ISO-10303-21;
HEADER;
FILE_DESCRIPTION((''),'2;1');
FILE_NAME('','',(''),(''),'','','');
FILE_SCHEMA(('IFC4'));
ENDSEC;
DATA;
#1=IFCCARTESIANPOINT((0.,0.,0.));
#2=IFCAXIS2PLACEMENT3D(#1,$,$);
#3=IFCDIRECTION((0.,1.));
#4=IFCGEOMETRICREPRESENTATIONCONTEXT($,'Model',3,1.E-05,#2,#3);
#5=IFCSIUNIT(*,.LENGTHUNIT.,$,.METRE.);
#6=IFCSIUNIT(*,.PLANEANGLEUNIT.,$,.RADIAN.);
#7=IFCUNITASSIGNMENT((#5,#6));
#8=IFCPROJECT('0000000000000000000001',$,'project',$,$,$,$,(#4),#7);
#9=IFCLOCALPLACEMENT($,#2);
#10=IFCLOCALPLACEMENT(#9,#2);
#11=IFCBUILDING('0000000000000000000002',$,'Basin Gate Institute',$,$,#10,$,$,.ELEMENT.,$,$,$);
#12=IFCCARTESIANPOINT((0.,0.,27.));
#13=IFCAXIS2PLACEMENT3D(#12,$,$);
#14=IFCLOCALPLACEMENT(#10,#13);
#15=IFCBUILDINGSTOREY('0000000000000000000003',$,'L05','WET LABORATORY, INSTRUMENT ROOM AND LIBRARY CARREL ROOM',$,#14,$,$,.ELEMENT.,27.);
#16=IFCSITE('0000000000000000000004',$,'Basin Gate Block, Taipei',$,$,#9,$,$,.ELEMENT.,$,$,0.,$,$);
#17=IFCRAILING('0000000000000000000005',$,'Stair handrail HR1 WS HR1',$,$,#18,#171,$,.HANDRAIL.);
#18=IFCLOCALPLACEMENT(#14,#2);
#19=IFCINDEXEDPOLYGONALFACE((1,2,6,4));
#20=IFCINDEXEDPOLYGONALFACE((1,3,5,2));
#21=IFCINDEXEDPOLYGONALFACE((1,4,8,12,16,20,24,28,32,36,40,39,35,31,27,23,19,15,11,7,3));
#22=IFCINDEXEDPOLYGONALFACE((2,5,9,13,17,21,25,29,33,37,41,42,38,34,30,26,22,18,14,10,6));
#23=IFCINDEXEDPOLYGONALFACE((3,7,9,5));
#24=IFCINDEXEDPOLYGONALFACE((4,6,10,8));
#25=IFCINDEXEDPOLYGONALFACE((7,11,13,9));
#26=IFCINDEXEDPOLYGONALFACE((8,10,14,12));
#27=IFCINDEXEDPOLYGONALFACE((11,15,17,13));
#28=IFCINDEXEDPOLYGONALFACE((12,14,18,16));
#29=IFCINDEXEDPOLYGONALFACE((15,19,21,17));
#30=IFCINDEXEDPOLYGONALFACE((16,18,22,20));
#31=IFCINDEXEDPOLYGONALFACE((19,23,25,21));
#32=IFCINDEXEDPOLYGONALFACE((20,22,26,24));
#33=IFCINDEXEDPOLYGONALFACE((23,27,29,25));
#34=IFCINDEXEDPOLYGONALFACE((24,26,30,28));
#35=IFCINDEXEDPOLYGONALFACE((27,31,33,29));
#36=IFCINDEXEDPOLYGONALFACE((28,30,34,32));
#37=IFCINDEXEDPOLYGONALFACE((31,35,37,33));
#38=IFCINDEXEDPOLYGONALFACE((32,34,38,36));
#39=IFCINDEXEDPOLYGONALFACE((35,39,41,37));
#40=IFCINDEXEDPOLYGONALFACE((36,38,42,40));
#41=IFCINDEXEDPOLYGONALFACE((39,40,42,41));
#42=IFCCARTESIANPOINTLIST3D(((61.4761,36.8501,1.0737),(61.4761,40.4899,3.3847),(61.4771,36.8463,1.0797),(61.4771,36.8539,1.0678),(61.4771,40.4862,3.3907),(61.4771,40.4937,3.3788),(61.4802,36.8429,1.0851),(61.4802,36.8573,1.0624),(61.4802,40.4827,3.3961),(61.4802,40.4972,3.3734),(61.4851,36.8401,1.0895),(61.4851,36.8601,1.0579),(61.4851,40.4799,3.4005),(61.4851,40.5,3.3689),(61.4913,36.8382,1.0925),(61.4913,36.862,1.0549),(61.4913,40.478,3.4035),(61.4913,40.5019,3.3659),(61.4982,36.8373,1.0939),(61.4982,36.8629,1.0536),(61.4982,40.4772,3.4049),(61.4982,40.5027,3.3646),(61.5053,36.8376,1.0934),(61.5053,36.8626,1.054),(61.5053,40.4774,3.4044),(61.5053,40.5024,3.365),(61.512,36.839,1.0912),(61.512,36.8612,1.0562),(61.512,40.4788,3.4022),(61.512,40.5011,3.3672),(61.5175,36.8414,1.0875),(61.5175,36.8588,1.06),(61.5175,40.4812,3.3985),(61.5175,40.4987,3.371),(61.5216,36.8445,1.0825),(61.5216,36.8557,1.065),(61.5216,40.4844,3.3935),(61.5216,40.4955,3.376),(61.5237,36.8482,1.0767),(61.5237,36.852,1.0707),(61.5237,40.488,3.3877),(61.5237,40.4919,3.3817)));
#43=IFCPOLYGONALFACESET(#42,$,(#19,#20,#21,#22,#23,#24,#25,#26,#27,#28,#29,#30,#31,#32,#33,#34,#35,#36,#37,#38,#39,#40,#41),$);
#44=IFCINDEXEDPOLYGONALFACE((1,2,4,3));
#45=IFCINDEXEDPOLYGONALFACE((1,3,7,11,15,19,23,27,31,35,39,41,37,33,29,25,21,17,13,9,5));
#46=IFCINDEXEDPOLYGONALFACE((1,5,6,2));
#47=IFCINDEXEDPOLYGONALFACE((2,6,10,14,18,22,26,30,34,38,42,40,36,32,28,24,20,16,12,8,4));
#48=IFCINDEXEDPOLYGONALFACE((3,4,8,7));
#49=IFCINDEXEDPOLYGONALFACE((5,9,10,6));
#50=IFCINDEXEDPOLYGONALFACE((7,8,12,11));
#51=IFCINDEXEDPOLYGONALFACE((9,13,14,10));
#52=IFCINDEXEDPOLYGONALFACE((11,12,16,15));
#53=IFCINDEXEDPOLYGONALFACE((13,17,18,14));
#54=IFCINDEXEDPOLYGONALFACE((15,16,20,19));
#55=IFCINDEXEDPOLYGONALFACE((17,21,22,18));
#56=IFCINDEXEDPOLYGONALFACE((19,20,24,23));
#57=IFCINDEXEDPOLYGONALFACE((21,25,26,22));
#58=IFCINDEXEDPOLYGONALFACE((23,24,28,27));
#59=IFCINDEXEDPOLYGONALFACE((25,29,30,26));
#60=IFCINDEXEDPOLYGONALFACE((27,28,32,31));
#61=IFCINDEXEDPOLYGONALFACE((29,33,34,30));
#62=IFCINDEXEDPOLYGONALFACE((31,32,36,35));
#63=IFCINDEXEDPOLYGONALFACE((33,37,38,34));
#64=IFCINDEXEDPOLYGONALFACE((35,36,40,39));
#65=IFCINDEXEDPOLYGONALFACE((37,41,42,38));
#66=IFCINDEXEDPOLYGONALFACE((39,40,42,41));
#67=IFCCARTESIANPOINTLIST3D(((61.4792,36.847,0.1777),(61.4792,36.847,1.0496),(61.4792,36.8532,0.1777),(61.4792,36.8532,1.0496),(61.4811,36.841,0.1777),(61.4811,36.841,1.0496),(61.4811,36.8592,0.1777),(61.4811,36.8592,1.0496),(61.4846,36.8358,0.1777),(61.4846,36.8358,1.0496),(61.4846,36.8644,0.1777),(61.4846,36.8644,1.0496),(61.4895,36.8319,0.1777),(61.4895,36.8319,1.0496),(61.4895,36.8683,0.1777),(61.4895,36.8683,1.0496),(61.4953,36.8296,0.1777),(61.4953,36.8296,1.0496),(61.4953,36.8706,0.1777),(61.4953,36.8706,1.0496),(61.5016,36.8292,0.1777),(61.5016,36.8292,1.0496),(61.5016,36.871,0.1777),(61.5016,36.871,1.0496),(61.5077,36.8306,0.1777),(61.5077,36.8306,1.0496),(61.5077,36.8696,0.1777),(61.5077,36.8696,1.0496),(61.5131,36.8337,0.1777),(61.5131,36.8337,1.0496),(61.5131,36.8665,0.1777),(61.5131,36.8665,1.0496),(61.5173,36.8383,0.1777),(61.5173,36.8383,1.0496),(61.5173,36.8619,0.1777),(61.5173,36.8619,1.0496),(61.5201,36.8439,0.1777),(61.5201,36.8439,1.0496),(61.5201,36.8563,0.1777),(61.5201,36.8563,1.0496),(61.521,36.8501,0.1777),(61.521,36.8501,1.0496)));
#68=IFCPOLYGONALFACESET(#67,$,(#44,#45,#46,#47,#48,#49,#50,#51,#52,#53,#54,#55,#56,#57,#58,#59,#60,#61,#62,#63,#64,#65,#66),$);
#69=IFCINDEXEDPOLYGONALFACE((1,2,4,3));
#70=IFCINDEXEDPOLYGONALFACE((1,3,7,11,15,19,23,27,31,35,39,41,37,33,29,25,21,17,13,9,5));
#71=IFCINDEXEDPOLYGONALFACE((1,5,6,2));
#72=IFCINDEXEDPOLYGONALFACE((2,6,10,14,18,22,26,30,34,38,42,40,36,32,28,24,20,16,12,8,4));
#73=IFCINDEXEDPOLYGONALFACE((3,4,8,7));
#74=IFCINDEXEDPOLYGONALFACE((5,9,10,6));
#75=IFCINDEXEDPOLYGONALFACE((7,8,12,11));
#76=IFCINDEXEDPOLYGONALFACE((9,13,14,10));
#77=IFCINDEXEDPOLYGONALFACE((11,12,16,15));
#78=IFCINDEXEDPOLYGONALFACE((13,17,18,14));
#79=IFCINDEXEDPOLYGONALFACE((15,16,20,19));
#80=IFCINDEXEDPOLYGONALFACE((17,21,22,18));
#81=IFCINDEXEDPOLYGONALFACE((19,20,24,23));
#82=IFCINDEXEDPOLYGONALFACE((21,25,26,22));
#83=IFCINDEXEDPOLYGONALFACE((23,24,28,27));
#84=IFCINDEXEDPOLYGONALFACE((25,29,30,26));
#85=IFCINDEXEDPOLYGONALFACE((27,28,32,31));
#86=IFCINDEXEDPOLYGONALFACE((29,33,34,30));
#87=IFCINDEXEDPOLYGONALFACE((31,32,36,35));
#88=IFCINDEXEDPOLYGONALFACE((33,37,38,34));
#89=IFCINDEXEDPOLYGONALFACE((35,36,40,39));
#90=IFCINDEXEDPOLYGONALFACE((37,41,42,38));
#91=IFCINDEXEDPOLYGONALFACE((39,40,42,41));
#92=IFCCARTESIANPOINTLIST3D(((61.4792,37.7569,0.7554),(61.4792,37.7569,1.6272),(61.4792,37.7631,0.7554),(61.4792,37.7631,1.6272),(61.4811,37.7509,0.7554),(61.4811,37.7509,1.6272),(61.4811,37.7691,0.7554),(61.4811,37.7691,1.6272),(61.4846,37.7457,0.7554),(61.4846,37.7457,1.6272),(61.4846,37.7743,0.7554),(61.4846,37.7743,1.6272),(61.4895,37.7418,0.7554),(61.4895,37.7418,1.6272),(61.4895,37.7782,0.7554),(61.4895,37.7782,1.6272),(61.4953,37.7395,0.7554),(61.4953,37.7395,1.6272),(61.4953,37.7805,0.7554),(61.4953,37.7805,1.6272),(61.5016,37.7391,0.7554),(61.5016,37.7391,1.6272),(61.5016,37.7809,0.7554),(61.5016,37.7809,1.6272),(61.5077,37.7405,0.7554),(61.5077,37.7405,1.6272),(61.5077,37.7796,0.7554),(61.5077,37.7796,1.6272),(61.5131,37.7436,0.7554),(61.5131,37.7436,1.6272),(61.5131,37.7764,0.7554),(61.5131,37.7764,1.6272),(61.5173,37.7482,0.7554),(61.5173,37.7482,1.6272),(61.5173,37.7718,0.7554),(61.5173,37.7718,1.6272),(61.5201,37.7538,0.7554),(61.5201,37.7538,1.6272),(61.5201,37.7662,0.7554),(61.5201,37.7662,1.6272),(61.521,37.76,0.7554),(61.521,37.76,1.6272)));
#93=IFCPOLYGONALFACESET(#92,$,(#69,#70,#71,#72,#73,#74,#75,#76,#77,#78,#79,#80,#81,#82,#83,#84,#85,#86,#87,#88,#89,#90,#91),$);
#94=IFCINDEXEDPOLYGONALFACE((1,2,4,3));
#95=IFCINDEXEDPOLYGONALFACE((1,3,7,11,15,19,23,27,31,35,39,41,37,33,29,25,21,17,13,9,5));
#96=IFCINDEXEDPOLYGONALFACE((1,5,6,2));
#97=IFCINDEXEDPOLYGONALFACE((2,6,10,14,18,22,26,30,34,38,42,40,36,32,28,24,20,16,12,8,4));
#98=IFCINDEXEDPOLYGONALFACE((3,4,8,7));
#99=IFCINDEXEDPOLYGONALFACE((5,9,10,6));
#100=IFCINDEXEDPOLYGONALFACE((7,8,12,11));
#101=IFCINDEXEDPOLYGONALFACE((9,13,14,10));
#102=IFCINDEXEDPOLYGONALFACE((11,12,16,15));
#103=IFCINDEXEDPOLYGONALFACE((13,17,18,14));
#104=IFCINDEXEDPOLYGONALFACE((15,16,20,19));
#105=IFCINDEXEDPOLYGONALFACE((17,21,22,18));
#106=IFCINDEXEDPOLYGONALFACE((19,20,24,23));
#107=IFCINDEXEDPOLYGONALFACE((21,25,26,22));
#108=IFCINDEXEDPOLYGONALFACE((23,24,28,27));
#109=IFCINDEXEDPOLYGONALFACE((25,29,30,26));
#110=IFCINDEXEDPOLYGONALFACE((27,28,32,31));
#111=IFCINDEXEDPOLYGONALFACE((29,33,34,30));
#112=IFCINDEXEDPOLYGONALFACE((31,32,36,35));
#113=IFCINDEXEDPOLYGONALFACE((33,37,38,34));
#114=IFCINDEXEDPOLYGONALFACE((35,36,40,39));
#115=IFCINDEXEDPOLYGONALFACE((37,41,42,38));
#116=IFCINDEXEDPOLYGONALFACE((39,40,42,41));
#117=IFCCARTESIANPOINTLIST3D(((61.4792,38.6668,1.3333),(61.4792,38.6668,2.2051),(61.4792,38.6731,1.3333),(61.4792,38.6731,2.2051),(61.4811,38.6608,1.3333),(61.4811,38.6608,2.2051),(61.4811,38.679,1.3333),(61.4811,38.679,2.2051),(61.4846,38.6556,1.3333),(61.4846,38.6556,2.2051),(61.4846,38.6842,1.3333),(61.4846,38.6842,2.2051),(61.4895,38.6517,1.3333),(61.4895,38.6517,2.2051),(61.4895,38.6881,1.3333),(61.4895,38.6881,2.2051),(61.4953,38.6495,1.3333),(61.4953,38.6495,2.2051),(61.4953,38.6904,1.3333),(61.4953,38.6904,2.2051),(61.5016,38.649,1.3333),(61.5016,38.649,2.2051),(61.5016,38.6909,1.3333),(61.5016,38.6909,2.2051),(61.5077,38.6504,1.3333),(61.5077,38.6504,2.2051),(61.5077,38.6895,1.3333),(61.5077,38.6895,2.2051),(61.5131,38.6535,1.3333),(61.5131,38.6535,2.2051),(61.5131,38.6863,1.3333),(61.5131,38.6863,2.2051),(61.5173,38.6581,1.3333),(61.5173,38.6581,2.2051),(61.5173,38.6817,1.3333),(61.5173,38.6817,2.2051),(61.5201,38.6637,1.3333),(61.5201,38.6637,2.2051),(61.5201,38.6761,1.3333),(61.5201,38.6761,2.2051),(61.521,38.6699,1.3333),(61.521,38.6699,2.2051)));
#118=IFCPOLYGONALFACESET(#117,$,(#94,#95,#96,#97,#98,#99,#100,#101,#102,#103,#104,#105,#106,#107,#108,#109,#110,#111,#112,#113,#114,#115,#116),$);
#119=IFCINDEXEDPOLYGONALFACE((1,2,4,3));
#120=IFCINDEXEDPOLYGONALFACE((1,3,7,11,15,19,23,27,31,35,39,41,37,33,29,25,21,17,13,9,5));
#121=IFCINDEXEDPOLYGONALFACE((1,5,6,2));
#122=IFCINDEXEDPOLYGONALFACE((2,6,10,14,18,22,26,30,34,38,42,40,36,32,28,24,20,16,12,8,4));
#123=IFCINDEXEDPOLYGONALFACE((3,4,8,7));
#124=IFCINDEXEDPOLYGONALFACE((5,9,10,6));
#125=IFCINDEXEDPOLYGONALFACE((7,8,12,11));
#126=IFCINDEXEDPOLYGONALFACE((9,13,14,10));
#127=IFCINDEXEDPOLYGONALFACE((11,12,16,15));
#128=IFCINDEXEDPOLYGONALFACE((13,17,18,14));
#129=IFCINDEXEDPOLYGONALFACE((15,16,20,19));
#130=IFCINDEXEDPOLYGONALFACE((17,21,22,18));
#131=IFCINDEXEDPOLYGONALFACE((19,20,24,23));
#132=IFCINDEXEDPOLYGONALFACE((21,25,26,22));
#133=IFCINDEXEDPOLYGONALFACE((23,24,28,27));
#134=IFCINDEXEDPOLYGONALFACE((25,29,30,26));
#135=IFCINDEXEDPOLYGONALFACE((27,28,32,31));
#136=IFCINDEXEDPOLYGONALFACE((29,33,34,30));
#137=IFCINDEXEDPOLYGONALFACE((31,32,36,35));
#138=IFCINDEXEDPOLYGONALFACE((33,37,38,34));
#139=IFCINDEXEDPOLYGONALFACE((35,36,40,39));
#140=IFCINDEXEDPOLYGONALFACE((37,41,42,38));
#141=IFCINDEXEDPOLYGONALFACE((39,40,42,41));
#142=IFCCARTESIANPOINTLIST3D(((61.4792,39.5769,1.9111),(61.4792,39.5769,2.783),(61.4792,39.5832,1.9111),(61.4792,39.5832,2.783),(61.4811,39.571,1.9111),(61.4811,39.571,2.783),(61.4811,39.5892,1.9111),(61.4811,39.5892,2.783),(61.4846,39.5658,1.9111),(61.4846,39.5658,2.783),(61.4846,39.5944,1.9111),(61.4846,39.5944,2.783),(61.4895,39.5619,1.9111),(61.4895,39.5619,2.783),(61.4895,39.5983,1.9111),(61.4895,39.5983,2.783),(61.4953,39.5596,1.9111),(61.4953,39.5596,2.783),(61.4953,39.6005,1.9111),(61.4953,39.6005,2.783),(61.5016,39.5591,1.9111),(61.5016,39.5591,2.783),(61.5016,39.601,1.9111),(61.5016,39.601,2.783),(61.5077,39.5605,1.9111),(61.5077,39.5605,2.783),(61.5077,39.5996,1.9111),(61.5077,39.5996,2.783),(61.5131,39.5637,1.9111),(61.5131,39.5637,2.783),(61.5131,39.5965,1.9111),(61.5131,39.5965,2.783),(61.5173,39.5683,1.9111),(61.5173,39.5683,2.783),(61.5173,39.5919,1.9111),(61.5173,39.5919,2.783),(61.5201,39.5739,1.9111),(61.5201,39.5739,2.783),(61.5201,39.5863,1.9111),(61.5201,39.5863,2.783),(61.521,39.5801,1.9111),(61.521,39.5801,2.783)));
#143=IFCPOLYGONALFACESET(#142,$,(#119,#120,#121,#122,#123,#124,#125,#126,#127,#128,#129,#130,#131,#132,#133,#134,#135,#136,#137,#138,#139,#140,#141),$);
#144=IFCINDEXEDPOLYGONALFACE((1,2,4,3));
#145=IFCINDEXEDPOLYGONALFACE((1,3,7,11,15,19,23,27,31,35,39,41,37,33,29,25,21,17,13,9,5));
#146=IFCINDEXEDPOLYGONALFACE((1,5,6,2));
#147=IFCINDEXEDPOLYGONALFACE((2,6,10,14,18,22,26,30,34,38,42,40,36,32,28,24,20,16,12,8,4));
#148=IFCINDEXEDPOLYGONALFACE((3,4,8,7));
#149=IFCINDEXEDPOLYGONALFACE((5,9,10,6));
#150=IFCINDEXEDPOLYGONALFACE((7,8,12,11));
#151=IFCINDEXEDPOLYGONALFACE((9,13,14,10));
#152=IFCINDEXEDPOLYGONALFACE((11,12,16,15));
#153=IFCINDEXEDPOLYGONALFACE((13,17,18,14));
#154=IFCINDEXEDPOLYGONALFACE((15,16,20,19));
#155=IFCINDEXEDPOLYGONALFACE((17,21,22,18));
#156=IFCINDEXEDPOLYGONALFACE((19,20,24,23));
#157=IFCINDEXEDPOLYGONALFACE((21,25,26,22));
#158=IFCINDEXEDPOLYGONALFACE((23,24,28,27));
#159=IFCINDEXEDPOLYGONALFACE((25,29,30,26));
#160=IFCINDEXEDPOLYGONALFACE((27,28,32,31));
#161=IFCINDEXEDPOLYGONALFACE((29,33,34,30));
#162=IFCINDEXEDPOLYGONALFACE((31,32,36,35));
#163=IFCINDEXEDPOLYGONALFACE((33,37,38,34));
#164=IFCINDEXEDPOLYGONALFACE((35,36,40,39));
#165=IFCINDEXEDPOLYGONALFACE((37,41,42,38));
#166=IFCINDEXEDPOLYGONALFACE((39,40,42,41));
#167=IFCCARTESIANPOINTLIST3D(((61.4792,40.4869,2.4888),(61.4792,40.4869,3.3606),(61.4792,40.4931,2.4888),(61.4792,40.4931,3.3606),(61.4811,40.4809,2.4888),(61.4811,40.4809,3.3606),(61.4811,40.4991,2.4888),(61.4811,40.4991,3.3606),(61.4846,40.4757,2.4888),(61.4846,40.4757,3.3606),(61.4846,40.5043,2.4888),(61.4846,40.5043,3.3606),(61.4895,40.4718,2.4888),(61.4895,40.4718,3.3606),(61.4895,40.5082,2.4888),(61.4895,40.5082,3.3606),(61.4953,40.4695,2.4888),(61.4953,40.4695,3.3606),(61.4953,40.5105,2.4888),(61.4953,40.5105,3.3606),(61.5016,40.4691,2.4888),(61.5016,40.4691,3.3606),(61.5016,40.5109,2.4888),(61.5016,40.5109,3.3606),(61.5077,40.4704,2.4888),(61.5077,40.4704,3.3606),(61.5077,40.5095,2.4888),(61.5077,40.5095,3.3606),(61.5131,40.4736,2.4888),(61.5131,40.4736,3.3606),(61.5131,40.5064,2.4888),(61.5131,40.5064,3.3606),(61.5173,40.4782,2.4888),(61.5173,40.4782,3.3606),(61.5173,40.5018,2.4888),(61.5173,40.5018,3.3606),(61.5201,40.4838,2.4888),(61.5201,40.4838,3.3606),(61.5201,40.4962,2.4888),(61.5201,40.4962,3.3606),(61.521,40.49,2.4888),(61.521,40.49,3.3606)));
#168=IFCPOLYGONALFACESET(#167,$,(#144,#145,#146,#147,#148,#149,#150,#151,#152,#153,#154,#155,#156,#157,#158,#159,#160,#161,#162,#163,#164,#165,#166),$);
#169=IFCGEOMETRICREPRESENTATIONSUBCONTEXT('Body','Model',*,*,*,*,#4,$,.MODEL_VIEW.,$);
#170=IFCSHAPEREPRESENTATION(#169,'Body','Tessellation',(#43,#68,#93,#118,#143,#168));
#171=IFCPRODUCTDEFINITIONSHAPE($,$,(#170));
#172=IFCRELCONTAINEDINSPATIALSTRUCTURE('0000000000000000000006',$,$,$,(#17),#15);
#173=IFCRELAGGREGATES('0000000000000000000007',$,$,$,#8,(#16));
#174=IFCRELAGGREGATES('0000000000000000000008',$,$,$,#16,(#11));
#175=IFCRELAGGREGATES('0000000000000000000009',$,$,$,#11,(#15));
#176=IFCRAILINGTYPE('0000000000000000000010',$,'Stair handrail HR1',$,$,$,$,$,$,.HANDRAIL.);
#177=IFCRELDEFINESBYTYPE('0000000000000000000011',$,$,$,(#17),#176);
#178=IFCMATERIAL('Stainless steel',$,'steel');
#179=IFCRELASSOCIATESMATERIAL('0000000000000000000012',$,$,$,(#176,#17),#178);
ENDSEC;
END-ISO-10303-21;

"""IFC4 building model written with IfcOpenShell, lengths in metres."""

from ifc_helpers import new_model, si_unit, direction, frame, origin, origin_2d, place, context, subcontext, project, spatial, circle, extrude, material, type_object, element, save


model = new_model("IFC4")

# Units and contexts
model_context = context("Model", 3, precision=1e-05, world=origin(), true_north=direction((0.0, 1.0)))
body_context = subcontext(model_context, "Body", "Model", "MODEL_VIEW")
ifc_project = project(units=[si_unit("LENGTHUNIT", "METRE"), si_unit("PLANEANGLEUNIT", "RADIAN")], contexts=[model_context])

# Site, building, storey
site_placement = place(None, origin())
site = spatial("IfcSite", under=ifc_project, at=site_placement, Name="Basin Gate Block, Taipei", CompositionType="ELEMENT", RefElevation=0.0)
building_placement = place(site_placement, origin())
building = spatial("IfcBuilding", under=site, at=building_placement, Name="Basin Gate Institute", CompositionType="ELEMENT")
storey_placement = place(building_placement, frame((0.0, 0.0, 27.0)))
storey = spatial("IfcBuildingStorey", under=building, at=storey_placement, Name="L05", Description="WET LABORATORY, INSTRUMENT ROOM AND LIBRARY CARREL ROOM", CompositionType="ELEMENT", Elevation=27.0)

# Railing
ifc_material_1 = material(Name="Stainless steel", Category="steel")
railing_type_1 = type_object("IfcRailingType", Name="Stair handrail HR1", PredefinedType="HANDRAIL", material=ifc_material_1)
for number, where, name in (
    (1, (61.5, 36.8501, 0.1777), "Stair handrail HR1 WS HR1"),
):
    element("IfcRailing", number, at=place(storey_placement, frame(where)), inside=storey, type_object=railing_type_1, material=ifc_material_1, Name=name, PredefinedType="HANDRAIL", context=body_context, shape_type="SweptSolid", body=[
        extrude(circle(Radius=0.0239, at=origin_2d()), frame((0.0, 0.0, 0.896), z_axis=(0.0, 0.844214, 0.536007), x_axis=(-1.0, 0.0, 0.0)), (0.0, 0.0, 1.0), 4.3115),
        extrude(circle(Radius=0.021, at=origin_2d()), origin(), (0.0, 0.0, 1.0), 0.8718),
        extrude(circle(Radius=0.021, at=origin_2d()), frame((0.0, 0.9099, 0.5776)), (0.0, 0.0, 1.0), 0.8718),
        extrude(circle(Radius=0.021, at=origin_2d()), frame((0.0, 1.8198, 1.1555)), (0.0, 0.0, 1.0), 0.8718),
        extrude(circle(Radius=0.021, at=origin_2d()), frame((0.0, 2.73, 1.7334)), (0.0, 0.0, 1.0), 0.8718),
        extrude(circle(Radius=0.021, at=origin_2d()), frame((0.0, 3.6399, 2.311)), (0.0, 0.0, 1.0), 0.8718),
    ])

save(model, "model.ifc")
